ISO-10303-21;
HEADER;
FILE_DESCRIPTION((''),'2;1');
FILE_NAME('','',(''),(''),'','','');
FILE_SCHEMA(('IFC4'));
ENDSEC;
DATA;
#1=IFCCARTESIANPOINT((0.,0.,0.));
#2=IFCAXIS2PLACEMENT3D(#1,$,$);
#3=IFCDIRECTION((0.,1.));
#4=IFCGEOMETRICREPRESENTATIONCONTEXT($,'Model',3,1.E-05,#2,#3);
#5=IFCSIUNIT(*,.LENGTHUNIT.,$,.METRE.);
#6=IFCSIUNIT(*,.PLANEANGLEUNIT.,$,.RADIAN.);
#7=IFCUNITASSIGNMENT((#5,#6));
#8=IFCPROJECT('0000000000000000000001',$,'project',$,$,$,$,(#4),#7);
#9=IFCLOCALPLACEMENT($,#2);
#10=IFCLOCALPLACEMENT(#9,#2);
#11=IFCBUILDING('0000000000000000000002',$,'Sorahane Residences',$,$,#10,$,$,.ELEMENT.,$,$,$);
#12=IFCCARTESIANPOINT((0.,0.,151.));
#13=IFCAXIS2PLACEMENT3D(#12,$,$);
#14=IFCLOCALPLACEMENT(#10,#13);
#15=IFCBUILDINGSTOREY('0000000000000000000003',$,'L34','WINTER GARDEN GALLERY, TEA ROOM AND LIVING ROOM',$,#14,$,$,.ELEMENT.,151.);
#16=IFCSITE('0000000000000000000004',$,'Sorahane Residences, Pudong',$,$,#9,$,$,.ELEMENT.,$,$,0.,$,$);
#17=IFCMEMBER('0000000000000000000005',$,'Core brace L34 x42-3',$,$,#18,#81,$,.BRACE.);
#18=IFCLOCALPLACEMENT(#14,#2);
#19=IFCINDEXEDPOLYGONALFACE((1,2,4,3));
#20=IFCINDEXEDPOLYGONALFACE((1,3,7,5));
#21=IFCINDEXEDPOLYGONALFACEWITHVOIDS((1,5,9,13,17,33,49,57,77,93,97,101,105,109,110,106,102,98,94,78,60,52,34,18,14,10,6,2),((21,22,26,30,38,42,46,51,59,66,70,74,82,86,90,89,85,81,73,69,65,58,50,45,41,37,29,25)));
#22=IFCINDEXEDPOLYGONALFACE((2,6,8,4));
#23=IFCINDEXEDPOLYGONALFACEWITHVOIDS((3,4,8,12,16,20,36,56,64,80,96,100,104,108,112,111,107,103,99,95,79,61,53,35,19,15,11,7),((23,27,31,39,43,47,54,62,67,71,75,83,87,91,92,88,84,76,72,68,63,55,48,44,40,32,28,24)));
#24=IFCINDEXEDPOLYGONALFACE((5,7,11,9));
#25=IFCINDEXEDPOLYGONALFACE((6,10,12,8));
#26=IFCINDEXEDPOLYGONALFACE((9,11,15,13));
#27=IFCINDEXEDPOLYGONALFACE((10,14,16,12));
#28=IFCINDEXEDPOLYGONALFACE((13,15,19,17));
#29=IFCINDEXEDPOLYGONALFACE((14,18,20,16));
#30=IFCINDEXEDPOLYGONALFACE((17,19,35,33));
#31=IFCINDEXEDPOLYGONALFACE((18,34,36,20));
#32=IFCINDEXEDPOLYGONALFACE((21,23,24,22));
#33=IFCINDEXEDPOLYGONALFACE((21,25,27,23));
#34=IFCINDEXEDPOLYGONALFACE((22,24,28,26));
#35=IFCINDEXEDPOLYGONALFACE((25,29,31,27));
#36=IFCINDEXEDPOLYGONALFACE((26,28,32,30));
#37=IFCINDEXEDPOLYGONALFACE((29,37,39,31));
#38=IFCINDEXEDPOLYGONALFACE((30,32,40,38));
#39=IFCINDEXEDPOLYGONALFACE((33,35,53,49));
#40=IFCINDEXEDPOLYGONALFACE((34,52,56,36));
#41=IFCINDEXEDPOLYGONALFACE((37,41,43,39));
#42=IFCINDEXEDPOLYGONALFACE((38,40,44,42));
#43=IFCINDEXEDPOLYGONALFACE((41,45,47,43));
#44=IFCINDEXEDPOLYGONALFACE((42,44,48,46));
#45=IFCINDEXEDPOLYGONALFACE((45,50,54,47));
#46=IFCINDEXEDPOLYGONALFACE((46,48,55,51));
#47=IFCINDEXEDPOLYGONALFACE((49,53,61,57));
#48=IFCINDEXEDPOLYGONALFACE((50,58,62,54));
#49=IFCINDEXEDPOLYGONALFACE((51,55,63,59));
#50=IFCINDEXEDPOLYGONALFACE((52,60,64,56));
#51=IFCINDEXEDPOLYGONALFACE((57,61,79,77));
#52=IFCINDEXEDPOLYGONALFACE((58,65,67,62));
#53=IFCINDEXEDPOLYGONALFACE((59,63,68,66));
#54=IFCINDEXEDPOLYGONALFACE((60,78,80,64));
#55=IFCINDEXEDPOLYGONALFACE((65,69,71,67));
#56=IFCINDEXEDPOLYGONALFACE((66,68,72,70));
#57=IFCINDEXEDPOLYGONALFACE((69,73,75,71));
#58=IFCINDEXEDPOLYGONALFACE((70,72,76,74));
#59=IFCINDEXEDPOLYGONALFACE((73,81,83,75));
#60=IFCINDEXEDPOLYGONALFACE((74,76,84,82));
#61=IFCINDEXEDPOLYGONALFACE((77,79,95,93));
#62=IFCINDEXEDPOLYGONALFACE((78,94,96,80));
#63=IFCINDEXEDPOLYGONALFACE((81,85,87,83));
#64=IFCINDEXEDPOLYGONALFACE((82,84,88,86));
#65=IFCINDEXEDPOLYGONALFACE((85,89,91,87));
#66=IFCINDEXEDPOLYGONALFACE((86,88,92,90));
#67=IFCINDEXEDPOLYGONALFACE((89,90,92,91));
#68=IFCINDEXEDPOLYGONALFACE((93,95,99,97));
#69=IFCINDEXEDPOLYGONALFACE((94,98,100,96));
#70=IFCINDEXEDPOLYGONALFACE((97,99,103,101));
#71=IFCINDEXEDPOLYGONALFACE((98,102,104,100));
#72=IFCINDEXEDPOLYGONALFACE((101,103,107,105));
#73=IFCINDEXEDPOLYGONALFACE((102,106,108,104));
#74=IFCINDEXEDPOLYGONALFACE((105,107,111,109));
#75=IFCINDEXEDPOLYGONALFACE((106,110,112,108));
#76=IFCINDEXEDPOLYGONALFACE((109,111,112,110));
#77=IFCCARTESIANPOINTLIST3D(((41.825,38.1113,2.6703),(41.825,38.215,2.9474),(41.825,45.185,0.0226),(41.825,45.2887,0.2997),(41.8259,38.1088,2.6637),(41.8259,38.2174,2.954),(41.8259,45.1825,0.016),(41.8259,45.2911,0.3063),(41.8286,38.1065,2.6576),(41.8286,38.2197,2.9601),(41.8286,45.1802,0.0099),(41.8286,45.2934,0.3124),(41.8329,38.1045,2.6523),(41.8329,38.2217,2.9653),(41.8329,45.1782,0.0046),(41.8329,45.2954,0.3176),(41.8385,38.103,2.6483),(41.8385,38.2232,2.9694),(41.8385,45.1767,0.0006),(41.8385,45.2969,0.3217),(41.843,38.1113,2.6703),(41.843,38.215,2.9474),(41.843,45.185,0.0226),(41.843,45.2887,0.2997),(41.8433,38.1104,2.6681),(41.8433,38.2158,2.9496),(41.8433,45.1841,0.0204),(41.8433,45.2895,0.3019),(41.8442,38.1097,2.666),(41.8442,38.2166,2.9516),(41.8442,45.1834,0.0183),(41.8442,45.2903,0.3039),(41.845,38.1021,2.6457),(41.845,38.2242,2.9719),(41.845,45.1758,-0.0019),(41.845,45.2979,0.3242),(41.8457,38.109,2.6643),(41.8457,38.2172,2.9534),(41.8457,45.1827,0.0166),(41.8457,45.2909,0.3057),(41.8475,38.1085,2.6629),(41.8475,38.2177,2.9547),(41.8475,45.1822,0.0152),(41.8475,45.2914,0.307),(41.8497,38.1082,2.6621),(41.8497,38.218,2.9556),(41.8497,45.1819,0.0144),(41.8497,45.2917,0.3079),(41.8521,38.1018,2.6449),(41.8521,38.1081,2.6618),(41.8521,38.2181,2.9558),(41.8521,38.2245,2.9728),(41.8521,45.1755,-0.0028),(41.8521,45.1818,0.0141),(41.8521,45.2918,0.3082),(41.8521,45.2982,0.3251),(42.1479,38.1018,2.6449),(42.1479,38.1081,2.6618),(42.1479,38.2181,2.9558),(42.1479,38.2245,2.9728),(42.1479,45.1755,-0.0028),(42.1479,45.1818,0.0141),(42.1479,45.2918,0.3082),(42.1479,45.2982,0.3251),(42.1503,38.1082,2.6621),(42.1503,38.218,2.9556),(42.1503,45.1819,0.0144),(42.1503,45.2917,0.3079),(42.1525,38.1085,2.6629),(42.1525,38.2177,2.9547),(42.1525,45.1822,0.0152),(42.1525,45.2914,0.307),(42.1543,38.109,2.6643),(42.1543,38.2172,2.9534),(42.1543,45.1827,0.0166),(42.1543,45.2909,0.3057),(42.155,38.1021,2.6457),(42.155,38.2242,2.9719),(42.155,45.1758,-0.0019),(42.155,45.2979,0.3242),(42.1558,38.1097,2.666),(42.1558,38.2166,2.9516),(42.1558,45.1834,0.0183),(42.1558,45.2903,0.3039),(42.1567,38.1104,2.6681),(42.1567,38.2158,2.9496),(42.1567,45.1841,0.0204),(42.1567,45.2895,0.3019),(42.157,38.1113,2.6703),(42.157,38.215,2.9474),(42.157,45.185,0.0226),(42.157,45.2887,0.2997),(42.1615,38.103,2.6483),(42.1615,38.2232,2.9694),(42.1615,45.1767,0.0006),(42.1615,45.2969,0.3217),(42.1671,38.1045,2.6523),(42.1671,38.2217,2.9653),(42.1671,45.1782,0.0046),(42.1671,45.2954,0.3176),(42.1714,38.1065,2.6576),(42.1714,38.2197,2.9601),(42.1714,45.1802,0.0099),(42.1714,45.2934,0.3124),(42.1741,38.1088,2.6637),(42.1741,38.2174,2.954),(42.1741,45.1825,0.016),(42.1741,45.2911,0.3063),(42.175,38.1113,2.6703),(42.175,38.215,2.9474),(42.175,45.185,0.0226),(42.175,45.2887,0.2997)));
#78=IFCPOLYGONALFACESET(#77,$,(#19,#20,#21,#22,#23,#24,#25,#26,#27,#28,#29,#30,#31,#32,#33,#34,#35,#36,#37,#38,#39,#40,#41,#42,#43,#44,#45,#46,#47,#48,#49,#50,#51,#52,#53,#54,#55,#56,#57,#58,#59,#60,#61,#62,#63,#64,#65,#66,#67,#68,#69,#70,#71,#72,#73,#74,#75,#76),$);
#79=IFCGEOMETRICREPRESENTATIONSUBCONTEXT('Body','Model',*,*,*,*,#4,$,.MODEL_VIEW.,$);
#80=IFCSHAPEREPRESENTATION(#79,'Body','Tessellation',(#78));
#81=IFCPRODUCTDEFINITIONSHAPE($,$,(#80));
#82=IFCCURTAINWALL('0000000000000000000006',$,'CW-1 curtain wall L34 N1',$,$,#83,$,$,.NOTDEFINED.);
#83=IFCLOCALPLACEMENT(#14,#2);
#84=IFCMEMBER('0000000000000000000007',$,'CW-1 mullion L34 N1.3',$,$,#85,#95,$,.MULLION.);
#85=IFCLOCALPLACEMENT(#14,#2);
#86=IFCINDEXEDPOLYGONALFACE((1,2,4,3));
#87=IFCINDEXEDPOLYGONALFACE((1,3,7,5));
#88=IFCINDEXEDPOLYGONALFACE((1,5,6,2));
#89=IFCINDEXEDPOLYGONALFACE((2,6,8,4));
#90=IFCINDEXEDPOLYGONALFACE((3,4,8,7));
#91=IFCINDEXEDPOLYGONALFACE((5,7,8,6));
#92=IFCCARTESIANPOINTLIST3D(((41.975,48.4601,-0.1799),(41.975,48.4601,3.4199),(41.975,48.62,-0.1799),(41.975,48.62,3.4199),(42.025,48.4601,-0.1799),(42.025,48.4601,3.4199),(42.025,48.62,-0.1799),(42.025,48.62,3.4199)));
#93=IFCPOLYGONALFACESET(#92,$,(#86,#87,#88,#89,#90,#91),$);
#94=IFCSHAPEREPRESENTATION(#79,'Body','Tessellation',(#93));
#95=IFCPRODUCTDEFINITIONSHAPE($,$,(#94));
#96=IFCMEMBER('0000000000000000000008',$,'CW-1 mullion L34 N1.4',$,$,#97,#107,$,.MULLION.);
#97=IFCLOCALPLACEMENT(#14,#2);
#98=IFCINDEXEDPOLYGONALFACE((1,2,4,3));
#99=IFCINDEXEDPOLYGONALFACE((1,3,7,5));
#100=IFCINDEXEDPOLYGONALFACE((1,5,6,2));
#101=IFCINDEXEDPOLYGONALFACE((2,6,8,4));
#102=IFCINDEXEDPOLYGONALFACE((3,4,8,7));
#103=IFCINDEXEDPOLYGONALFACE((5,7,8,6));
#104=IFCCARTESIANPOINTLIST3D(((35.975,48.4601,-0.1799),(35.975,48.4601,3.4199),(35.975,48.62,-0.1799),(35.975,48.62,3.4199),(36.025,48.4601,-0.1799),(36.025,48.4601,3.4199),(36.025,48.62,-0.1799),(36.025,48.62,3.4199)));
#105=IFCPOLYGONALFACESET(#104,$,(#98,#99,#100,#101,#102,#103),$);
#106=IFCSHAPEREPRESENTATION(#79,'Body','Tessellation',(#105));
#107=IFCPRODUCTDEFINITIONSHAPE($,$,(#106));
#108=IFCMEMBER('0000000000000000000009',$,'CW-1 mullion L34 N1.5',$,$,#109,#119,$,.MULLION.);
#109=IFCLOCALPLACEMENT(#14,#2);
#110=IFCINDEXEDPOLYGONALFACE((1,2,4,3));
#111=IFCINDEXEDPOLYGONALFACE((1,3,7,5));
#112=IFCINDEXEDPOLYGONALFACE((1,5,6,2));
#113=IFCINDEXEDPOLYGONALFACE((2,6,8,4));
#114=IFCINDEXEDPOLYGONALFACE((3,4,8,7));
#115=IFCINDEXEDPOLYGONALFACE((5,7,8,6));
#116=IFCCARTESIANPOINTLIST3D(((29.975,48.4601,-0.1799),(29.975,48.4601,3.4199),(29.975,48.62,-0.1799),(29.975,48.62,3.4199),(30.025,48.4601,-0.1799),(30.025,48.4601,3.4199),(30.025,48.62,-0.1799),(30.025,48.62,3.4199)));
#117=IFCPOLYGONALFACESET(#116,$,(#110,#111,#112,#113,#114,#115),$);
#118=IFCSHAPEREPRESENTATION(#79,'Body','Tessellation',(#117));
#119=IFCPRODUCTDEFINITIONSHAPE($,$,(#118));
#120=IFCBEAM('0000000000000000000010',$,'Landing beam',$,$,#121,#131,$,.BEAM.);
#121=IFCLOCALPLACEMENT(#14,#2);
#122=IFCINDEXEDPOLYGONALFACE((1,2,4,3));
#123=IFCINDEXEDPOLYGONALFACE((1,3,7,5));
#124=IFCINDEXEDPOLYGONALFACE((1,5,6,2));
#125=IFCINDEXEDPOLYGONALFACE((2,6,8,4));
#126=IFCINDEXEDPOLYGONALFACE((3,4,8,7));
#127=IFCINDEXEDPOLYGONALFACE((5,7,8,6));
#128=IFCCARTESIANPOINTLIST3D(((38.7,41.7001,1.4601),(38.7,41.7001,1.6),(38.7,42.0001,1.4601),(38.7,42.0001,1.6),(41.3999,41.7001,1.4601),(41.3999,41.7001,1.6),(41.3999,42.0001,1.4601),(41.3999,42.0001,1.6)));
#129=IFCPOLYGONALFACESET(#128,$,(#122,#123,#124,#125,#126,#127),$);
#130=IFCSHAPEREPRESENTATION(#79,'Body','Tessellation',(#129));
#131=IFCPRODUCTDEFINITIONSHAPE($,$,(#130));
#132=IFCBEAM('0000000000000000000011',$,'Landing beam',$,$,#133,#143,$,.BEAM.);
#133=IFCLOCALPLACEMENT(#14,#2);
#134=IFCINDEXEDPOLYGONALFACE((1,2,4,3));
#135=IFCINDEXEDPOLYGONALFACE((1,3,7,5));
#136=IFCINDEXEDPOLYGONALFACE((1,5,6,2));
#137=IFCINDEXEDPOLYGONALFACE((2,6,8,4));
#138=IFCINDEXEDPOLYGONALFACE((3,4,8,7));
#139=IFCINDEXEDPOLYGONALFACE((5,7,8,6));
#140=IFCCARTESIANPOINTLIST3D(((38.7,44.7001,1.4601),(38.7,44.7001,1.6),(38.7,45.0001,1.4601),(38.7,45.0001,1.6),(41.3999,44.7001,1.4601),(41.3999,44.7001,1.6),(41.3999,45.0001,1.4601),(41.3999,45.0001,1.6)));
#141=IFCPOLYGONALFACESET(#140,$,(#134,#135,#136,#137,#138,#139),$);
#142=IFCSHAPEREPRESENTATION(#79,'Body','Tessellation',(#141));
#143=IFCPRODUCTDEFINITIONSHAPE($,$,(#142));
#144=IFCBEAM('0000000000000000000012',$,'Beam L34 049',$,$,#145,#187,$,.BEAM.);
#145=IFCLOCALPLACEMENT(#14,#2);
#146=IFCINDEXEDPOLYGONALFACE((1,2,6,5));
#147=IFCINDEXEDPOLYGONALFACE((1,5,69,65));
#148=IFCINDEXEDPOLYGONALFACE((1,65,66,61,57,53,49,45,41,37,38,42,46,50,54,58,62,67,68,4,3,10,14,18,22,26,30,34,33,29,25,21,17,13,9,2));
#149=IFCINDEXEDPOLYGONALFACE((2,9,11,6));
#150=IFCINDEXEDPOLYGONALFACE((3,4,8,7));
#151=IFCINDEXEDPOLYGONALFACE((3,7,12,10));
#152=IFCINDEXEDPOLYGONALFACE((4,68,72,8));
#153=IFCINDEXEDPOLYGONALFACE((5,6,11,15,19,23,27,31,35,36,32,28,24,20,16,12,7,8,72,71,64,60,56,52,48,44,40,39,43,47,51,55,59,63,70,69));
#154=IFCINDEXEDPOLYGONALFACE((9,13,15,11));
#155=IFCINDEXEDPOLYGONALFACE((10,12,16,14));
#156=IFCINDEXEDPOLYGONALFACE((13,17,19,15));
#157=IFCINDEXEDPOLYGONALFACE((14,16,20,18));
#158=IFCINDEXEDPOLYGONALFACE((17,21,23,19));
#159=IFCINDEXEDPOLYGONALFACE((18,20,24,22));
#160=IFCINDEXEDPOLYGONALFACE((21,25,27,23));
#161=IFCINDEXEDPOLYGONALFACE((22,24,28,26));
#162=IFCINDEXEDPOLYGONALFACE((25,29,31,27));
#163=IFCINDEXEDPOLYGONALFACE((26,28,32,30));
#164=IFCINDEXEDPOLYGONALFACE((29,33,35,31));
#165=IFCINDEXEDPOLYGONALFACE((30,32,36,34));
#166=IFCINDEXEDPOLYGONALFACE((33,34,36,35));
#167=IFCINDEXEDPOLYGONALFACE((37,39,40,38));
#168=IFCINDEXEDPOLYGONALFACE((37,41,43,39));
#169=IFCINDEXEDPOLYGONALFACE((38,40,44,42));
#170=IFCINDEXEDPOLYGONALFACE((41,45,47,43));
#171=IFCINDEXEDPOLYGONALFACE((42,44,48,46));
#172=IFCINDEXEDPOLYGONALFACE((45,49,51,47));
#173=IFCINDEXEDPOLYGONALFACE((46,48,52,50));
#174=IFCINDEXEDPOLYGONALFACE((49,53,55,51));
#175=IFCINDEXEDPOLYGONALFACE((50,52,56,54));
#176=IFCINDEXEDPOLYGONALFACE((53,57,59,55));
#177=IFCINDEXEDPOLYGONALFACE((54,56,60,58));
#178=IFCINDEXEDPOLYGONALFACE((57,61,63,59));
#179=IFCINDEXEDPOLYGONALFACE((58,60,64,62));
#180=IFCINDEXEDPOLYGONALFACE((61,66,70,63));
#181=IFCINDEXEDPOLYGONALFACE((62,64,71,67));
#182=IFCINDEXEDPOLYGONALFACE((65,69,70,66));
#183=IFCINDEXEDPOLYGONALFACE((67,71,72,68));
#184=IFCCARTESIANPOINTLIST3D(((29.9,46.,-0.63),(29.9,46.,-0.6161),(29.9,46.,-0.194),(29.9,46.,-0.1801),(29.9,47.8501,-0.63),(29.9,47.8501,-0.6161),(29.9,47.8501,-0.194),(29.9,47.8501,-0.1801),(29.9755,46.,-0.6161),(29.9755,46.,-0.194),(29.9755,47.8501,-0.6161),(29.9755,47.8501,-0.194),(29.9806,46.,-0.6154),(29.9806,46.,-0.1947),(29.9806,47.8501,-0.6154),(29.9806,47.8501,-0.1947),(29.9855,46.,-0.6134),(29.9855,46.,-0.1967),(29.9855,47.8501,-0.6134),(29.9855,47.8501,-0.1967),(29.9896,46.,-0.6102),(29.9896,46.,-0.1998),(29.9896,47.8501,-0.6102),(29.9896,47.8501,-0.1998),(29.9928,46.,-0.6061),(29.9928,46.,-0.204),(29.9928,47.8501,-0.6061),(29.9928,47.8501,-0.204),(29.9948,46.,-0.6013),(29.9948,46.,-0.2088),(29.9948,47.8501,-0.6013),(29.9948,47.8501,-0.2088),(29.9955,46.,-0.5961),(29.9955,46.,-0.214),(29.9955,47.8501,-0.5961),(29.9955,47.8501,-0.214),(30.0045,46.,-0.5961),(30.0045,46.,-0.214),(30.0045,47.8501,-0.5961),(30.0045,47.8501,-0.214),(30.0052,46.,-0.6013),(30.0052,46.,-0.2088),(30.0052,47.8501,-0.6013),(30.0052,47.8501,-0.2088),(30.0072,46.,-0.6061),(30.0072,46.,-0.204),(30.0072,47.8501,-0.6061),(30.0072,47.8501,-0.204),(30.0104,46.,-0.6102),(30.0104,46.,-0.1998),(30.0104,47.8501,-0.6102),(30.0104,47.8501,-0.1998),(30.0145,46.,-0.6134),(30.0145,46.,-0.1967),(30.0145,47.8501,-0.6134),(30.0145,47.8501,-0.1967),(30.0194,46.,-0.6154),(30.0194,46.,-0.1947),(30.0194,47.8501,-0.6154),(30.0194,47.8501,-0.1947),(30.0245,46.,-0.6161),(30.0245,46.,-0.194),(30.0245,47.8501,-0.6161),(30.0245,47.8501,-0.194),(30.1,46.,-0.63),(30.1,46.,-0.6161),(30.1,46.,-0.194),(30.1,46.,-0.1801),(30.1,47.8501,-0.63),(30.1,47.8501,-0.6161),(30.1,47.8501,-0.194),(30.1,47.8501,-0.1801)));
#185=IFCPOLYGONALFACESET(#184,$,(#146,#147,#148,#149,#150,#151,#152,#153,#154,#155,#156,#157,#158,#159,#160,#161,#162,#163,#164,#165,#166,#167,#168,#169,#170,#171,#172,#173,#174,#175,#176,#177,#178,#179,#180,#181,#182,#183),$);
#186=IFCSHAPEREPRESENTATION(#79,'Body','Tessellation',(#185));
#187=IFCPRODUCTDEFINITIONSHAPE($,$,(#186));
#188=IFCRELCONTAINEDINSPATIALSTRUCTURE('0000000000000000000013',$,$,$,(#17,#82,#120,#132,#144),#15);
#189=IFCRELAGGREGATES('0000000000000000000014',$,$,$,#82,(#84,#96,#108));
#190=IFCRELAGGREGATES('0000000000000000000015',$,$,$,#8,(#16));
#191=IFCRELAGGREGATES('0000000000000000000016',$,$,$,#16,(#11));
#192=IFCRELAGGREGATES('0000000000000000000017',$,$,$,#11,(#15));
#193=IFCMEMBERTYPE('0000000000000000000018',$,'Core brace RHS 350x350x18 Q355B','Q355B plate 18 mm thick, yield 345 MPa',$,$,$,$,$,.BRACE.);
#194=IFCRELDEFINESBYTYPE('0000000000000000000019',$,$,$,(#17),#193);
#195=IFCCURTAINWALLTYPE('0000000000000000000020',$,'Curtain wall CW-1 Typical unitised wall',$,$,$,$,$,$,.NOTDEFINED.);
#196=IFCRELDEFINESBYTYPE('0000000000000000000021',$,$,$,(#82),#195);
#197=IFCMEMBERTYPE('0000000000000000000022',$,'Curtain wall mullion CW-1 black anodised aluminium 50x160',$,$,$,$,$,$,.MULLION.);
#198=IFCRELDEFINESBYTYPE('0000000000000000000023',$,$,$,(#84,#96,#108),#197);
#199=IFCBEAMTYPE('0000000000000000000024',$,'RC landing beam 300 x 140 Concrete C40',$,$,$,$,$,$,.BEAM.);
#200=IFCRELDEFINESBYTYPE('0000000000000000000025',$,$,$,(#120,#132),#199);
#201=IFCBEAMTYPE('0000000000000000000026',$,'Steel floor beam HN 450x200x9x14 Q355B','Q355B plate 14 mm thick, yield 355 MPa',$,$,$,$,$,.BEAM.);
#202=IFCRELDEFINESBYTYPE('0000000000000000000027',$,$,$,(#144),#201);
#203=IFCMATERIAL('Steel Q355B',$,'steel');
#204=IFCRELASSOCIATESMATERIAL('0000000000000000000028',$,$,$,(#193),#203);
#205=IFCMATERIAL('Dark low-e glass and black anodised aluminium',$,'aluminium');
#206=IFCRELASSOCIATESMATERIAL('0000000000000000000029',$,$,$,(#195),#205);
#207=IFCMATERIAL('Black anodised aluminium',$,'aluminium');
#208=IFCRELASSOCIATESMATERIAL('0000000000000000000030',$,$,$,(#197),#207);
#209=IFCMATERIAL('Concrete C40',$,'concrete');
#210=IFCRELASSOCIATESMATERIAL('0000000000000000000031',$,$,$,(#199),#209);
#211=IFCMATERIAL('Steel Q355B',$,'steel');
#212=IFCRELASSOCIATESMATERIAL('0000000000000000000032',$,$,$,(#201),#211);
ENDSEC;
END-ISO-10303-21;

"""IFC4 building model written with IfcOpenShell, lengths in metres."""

from ifc_helpers import new_model, si_unit, direction, frame, origin, origin_2d, place, context, subcontext, project, spatial, rectangle, hollow_rectangle, i_section, extrude, material, material_profile, profile_set, type_object, element, aggregate, save


model = new_model("IFC4")

# Units and contexts
model_context = context("Model", 3, precision=1e-05, world=origin(), true_north=direction((0.0, 1.0)))
body_context = subcontext(model_context, "Body", "Model", "MODEL_VIEW")
ifc_project = project(units=[si_unit("LENGTHUNIT", "METRE"), si_unit("PLANEANGLEUNIT", "RADIAN")], contexts=[model_context])

# Site, building, storey
site_placement = place(None, origin())
site = spatial("IfcSite", under=ifc_project, at=site_placement, Name="Sorahane Residences, Pudong", CompositionType="ELEMENT", RefElevation=0.0)
building_placement = place(site_placement, origin())
building = spatial("IfcBuilding", under=site, at=building_placement, Name="Sorahane Residences", CompositionType="ELEMENT")
storey_placement = place(building_placement, frame((0.0, 0.0, 151.0)))
storey = spatial("IfcBuildingStorey", under=building, at=storey_placement, Name="L34", Description="WINTER GARDEN GALLERY, TEA ROOM AND LIVING ROOM", CompositionType="ELEMENT", Elevation=151.0)

# Member
ifc_material_1 = material(Name="Steel Q355B", Category="steel")
ifc_material_profile_1 = material_profile(ifc_material_1, hollow_rectangle(XDim=0.3501, YDim=0.3501, WallThickness=0.0181, InnerFilletRadius=0.009, OuterFilletRadius=0.0271, at=origin_2d()), Name="RHS 350x350x18")
ifc_profile_set_1 = profile_set([ifc_material_profile_1], Name="Steel Q355B")
member_type_1 = type_object("IfcMemberType", Name="Core brace RHS 350x350x18 Q355B", Description="Q355B plate 18 mm thick, yield 345 MPa", PredefinedType="BRACE", material=ifc_profile_set_1)
member_1_placement = place(storey_placement, frame((42.0, 45.2368, 0.1611), z_axis=(0.0, -0.936544, 0.35055), x_axis=(1.0, 0.0, 0.0)))
element("IfcMember", 1, at=member_1_placement, inside=storey, type_object=member_type_1, Name="Core brace L34 x42-3", PredefinedType="BRACE", context=body_context, shape_type="SweptSolid", body=[
    extrude(hollow_rectangle(XDim=0.3501, YDim=0.3501, WallThickness=0.0181, InnerFilletRadius=0.009, OuterFilletRadius=0.0271, at=origin_2d()), origin(), (0.0, 0.0, 1.0), 7.553),
])

# Curtain wall, members
ifc_material_2 = material(Name="Dark low-e glass and black anodised aluminium", Category="aluminium")
curtain_wall_type = type_object("IfcCurtainWallType", Name="Curtain wall CW-1 Typical unitised wall", PredefinedType="NOTDEFINED", material=ifc_material_2)
curtain_wall_placement = place(storey_placement, origin())
curtain_wall = element("IfcCurtainWall", 2, at=curtain_wall_placement, inside=storey, type_object=curtain_wall_type, Name="CW-1 curtain wall L34 N1", PredefinedType="NOTDEFINED")
ifc_material_3 = material(Name="Black anodised aluminium", Category="aluminium")
ifc_material_profile_2 = material_profile(ifc_material_3, rectangle(XDim=0.1599, YDim=0.05, at=origin_2d()), Name="Curtain wall mullion CW-1 black anodised aluminium 50x160")
ifc_profile_set_2 = profile_set([ifc_material_profile_2], Name="Black anodised aluminium")
member_type_2 = type_object("IfcMemberType", Name="Curtain wall mullion CW-1 black anodised aluminium 50x160", PredefinedType="MULLION", material=ifc_profile_set_2)
member_2_placement = place(storey_placement, frame((42.0, 48.54, -0.1799), z_axis=(0.0, 0.0, 1.0), x_axis=(0.0, 1.0, 0.0)))
member_2 = element("IfcMember", 3, at=member_2_placement, type_object=member_type_2, Name="CW-1 mullion L34 N1.3", PredefinedType="MULLION", context=body_context, shape_type="SweptSolid", body=[
    extrude(rectangle(XDim=0.1599, YDim=0.05, at=origin_2d()), origin(), (0.0, 0.0, 1.0), 3.5999),
])
member_3_placement = place(storey_placement, frame((36.0, 48.54, -0.1799), z_axis=(0.0, 0.0, 1.0), x_axis=(0.0, 1.0, 0.0)))
member_3 = element("IfcMember", 4, at=member_3_placement, type_object=member_type_2, Name="CW-1 mullion L34 N1.4", PredefinedType="MULLION", context=body_context, shape_type="SweptSolid", body=[
    extrude(rectangle(XDim=0.1599, YDim=0.05, at=origin_2d()), origin(), (0.0, 0.0, 1.0), 3.5999),
])
member_4_placement = place(storey_placement, frame((30.0, 48.54, -0.1799), z_axis=(0.0, 0.0, 1.0), x_axis=(0.0, 1.0, 0.0)))
member_4 = element("IfcMember", 5, at=member_4_placement, type_object=member_type_2, Name="CW-1 mullion L34 N1.5", PredefinedType="MULLION", context=body_context, shape_type="SweptSolid", body=[
    extrude(rectangle(XDim=0.1599, YDim=0.05, at=origin_2d()), origin(), (0.0, 0.0, 1.0), 3.5999),
])

# Beams
ifc_material_4 = material(Name="Concrete C40", Category="concrete")
ifc_material_profile_3 = material_profile(ifc_material_4, rectangle(XDim=0.3, YDim=0.1399, at=origin_2d()), Name="300x140")
ifc_profile_set_3 = profile_set([ifc_material_profile_3], Name="Concrete C40")
beam_type_1 = type_object("IfcBeamType", Name="RC landing beam 300 x 140 Concrete C40", PredefinedType="BEAM", material=ifc_profile_set_3)
for number, where, z_axis, x_axis, name in (
    (6, (38.7, 41.8501, 1.53), (1.0, 0.0, 0.0), (0.0, 1.0, 0.0), "Landing beam"),
    (7, (38.7, 44.8501, 1.53), (1.0, 0.0, 0.0), (0.0, 1.0, 0.0), "Landing beam"),
):
    element("IfcBeam", number, at=place(storey_placement, frame(where, z_axis=z_axis, x_axis=x_axis)), inside=storey, type_object=beam_type_1, Name=name, PredefinedType="BEAM", context=body_context, shape_type="SweptSolid", body=[
        extrude(rectangle(XDim=0.3, YDim=0.1399, at=origin_2d()), origin(), (0.0, 0.0, 1.0), 2.7),
    ])
ifc_material_5 = material(Name="Steel Q355B", Category="steel")
ifc_material_profile_4 = material_profile(ifc_material_5, i_section(OverallWidth=0.2, OverallDepth=0.45, WebThickness=0.009, FlangeThickness=0.0139, FilletRadius=0.02, at=origin_2d()), Name="HN 450x200x9x14")
ifc_profile_set_4 = profile_set([ifc_material_profile_4], Name="Steel Q355B")
beam_type_2 = type_object("IfcBeamType", Name="Steel floor beam HN 450x200x9x14 Q355B", Description="Q355B plate 14 mm thick, yield 355 MPa", PredefinedType="BEAM", material=ifc_profile_set_4)
beam_1_placement = place(storey_placement, frame((30.0, 46.0, -0.405), z_axis=(0.0, 1.0, 0.0), x_axis=(-1.0, 0.0, 0.0)))
element("IfcBeam", 8, at=beam_1_placement, inside=storey, type_object=beam_type_2, Name="Beam L34 049", PredefinedType="BEAM", context=body_context, shape_type="SweptSolid", body=[
    extrude(i_section(OverallWidth=0.2, OverallDepth=0.45, WebThickness=0.009, FlangeThickness=0.0139, FilletRadius=0.02, at=origin_2d()), origin(), (0.0, 0.0, 1.0), 1.8501),
])

aggregate(curtain_wall, [member_2, member_3, member_4])

save(model, "model.ifc")
